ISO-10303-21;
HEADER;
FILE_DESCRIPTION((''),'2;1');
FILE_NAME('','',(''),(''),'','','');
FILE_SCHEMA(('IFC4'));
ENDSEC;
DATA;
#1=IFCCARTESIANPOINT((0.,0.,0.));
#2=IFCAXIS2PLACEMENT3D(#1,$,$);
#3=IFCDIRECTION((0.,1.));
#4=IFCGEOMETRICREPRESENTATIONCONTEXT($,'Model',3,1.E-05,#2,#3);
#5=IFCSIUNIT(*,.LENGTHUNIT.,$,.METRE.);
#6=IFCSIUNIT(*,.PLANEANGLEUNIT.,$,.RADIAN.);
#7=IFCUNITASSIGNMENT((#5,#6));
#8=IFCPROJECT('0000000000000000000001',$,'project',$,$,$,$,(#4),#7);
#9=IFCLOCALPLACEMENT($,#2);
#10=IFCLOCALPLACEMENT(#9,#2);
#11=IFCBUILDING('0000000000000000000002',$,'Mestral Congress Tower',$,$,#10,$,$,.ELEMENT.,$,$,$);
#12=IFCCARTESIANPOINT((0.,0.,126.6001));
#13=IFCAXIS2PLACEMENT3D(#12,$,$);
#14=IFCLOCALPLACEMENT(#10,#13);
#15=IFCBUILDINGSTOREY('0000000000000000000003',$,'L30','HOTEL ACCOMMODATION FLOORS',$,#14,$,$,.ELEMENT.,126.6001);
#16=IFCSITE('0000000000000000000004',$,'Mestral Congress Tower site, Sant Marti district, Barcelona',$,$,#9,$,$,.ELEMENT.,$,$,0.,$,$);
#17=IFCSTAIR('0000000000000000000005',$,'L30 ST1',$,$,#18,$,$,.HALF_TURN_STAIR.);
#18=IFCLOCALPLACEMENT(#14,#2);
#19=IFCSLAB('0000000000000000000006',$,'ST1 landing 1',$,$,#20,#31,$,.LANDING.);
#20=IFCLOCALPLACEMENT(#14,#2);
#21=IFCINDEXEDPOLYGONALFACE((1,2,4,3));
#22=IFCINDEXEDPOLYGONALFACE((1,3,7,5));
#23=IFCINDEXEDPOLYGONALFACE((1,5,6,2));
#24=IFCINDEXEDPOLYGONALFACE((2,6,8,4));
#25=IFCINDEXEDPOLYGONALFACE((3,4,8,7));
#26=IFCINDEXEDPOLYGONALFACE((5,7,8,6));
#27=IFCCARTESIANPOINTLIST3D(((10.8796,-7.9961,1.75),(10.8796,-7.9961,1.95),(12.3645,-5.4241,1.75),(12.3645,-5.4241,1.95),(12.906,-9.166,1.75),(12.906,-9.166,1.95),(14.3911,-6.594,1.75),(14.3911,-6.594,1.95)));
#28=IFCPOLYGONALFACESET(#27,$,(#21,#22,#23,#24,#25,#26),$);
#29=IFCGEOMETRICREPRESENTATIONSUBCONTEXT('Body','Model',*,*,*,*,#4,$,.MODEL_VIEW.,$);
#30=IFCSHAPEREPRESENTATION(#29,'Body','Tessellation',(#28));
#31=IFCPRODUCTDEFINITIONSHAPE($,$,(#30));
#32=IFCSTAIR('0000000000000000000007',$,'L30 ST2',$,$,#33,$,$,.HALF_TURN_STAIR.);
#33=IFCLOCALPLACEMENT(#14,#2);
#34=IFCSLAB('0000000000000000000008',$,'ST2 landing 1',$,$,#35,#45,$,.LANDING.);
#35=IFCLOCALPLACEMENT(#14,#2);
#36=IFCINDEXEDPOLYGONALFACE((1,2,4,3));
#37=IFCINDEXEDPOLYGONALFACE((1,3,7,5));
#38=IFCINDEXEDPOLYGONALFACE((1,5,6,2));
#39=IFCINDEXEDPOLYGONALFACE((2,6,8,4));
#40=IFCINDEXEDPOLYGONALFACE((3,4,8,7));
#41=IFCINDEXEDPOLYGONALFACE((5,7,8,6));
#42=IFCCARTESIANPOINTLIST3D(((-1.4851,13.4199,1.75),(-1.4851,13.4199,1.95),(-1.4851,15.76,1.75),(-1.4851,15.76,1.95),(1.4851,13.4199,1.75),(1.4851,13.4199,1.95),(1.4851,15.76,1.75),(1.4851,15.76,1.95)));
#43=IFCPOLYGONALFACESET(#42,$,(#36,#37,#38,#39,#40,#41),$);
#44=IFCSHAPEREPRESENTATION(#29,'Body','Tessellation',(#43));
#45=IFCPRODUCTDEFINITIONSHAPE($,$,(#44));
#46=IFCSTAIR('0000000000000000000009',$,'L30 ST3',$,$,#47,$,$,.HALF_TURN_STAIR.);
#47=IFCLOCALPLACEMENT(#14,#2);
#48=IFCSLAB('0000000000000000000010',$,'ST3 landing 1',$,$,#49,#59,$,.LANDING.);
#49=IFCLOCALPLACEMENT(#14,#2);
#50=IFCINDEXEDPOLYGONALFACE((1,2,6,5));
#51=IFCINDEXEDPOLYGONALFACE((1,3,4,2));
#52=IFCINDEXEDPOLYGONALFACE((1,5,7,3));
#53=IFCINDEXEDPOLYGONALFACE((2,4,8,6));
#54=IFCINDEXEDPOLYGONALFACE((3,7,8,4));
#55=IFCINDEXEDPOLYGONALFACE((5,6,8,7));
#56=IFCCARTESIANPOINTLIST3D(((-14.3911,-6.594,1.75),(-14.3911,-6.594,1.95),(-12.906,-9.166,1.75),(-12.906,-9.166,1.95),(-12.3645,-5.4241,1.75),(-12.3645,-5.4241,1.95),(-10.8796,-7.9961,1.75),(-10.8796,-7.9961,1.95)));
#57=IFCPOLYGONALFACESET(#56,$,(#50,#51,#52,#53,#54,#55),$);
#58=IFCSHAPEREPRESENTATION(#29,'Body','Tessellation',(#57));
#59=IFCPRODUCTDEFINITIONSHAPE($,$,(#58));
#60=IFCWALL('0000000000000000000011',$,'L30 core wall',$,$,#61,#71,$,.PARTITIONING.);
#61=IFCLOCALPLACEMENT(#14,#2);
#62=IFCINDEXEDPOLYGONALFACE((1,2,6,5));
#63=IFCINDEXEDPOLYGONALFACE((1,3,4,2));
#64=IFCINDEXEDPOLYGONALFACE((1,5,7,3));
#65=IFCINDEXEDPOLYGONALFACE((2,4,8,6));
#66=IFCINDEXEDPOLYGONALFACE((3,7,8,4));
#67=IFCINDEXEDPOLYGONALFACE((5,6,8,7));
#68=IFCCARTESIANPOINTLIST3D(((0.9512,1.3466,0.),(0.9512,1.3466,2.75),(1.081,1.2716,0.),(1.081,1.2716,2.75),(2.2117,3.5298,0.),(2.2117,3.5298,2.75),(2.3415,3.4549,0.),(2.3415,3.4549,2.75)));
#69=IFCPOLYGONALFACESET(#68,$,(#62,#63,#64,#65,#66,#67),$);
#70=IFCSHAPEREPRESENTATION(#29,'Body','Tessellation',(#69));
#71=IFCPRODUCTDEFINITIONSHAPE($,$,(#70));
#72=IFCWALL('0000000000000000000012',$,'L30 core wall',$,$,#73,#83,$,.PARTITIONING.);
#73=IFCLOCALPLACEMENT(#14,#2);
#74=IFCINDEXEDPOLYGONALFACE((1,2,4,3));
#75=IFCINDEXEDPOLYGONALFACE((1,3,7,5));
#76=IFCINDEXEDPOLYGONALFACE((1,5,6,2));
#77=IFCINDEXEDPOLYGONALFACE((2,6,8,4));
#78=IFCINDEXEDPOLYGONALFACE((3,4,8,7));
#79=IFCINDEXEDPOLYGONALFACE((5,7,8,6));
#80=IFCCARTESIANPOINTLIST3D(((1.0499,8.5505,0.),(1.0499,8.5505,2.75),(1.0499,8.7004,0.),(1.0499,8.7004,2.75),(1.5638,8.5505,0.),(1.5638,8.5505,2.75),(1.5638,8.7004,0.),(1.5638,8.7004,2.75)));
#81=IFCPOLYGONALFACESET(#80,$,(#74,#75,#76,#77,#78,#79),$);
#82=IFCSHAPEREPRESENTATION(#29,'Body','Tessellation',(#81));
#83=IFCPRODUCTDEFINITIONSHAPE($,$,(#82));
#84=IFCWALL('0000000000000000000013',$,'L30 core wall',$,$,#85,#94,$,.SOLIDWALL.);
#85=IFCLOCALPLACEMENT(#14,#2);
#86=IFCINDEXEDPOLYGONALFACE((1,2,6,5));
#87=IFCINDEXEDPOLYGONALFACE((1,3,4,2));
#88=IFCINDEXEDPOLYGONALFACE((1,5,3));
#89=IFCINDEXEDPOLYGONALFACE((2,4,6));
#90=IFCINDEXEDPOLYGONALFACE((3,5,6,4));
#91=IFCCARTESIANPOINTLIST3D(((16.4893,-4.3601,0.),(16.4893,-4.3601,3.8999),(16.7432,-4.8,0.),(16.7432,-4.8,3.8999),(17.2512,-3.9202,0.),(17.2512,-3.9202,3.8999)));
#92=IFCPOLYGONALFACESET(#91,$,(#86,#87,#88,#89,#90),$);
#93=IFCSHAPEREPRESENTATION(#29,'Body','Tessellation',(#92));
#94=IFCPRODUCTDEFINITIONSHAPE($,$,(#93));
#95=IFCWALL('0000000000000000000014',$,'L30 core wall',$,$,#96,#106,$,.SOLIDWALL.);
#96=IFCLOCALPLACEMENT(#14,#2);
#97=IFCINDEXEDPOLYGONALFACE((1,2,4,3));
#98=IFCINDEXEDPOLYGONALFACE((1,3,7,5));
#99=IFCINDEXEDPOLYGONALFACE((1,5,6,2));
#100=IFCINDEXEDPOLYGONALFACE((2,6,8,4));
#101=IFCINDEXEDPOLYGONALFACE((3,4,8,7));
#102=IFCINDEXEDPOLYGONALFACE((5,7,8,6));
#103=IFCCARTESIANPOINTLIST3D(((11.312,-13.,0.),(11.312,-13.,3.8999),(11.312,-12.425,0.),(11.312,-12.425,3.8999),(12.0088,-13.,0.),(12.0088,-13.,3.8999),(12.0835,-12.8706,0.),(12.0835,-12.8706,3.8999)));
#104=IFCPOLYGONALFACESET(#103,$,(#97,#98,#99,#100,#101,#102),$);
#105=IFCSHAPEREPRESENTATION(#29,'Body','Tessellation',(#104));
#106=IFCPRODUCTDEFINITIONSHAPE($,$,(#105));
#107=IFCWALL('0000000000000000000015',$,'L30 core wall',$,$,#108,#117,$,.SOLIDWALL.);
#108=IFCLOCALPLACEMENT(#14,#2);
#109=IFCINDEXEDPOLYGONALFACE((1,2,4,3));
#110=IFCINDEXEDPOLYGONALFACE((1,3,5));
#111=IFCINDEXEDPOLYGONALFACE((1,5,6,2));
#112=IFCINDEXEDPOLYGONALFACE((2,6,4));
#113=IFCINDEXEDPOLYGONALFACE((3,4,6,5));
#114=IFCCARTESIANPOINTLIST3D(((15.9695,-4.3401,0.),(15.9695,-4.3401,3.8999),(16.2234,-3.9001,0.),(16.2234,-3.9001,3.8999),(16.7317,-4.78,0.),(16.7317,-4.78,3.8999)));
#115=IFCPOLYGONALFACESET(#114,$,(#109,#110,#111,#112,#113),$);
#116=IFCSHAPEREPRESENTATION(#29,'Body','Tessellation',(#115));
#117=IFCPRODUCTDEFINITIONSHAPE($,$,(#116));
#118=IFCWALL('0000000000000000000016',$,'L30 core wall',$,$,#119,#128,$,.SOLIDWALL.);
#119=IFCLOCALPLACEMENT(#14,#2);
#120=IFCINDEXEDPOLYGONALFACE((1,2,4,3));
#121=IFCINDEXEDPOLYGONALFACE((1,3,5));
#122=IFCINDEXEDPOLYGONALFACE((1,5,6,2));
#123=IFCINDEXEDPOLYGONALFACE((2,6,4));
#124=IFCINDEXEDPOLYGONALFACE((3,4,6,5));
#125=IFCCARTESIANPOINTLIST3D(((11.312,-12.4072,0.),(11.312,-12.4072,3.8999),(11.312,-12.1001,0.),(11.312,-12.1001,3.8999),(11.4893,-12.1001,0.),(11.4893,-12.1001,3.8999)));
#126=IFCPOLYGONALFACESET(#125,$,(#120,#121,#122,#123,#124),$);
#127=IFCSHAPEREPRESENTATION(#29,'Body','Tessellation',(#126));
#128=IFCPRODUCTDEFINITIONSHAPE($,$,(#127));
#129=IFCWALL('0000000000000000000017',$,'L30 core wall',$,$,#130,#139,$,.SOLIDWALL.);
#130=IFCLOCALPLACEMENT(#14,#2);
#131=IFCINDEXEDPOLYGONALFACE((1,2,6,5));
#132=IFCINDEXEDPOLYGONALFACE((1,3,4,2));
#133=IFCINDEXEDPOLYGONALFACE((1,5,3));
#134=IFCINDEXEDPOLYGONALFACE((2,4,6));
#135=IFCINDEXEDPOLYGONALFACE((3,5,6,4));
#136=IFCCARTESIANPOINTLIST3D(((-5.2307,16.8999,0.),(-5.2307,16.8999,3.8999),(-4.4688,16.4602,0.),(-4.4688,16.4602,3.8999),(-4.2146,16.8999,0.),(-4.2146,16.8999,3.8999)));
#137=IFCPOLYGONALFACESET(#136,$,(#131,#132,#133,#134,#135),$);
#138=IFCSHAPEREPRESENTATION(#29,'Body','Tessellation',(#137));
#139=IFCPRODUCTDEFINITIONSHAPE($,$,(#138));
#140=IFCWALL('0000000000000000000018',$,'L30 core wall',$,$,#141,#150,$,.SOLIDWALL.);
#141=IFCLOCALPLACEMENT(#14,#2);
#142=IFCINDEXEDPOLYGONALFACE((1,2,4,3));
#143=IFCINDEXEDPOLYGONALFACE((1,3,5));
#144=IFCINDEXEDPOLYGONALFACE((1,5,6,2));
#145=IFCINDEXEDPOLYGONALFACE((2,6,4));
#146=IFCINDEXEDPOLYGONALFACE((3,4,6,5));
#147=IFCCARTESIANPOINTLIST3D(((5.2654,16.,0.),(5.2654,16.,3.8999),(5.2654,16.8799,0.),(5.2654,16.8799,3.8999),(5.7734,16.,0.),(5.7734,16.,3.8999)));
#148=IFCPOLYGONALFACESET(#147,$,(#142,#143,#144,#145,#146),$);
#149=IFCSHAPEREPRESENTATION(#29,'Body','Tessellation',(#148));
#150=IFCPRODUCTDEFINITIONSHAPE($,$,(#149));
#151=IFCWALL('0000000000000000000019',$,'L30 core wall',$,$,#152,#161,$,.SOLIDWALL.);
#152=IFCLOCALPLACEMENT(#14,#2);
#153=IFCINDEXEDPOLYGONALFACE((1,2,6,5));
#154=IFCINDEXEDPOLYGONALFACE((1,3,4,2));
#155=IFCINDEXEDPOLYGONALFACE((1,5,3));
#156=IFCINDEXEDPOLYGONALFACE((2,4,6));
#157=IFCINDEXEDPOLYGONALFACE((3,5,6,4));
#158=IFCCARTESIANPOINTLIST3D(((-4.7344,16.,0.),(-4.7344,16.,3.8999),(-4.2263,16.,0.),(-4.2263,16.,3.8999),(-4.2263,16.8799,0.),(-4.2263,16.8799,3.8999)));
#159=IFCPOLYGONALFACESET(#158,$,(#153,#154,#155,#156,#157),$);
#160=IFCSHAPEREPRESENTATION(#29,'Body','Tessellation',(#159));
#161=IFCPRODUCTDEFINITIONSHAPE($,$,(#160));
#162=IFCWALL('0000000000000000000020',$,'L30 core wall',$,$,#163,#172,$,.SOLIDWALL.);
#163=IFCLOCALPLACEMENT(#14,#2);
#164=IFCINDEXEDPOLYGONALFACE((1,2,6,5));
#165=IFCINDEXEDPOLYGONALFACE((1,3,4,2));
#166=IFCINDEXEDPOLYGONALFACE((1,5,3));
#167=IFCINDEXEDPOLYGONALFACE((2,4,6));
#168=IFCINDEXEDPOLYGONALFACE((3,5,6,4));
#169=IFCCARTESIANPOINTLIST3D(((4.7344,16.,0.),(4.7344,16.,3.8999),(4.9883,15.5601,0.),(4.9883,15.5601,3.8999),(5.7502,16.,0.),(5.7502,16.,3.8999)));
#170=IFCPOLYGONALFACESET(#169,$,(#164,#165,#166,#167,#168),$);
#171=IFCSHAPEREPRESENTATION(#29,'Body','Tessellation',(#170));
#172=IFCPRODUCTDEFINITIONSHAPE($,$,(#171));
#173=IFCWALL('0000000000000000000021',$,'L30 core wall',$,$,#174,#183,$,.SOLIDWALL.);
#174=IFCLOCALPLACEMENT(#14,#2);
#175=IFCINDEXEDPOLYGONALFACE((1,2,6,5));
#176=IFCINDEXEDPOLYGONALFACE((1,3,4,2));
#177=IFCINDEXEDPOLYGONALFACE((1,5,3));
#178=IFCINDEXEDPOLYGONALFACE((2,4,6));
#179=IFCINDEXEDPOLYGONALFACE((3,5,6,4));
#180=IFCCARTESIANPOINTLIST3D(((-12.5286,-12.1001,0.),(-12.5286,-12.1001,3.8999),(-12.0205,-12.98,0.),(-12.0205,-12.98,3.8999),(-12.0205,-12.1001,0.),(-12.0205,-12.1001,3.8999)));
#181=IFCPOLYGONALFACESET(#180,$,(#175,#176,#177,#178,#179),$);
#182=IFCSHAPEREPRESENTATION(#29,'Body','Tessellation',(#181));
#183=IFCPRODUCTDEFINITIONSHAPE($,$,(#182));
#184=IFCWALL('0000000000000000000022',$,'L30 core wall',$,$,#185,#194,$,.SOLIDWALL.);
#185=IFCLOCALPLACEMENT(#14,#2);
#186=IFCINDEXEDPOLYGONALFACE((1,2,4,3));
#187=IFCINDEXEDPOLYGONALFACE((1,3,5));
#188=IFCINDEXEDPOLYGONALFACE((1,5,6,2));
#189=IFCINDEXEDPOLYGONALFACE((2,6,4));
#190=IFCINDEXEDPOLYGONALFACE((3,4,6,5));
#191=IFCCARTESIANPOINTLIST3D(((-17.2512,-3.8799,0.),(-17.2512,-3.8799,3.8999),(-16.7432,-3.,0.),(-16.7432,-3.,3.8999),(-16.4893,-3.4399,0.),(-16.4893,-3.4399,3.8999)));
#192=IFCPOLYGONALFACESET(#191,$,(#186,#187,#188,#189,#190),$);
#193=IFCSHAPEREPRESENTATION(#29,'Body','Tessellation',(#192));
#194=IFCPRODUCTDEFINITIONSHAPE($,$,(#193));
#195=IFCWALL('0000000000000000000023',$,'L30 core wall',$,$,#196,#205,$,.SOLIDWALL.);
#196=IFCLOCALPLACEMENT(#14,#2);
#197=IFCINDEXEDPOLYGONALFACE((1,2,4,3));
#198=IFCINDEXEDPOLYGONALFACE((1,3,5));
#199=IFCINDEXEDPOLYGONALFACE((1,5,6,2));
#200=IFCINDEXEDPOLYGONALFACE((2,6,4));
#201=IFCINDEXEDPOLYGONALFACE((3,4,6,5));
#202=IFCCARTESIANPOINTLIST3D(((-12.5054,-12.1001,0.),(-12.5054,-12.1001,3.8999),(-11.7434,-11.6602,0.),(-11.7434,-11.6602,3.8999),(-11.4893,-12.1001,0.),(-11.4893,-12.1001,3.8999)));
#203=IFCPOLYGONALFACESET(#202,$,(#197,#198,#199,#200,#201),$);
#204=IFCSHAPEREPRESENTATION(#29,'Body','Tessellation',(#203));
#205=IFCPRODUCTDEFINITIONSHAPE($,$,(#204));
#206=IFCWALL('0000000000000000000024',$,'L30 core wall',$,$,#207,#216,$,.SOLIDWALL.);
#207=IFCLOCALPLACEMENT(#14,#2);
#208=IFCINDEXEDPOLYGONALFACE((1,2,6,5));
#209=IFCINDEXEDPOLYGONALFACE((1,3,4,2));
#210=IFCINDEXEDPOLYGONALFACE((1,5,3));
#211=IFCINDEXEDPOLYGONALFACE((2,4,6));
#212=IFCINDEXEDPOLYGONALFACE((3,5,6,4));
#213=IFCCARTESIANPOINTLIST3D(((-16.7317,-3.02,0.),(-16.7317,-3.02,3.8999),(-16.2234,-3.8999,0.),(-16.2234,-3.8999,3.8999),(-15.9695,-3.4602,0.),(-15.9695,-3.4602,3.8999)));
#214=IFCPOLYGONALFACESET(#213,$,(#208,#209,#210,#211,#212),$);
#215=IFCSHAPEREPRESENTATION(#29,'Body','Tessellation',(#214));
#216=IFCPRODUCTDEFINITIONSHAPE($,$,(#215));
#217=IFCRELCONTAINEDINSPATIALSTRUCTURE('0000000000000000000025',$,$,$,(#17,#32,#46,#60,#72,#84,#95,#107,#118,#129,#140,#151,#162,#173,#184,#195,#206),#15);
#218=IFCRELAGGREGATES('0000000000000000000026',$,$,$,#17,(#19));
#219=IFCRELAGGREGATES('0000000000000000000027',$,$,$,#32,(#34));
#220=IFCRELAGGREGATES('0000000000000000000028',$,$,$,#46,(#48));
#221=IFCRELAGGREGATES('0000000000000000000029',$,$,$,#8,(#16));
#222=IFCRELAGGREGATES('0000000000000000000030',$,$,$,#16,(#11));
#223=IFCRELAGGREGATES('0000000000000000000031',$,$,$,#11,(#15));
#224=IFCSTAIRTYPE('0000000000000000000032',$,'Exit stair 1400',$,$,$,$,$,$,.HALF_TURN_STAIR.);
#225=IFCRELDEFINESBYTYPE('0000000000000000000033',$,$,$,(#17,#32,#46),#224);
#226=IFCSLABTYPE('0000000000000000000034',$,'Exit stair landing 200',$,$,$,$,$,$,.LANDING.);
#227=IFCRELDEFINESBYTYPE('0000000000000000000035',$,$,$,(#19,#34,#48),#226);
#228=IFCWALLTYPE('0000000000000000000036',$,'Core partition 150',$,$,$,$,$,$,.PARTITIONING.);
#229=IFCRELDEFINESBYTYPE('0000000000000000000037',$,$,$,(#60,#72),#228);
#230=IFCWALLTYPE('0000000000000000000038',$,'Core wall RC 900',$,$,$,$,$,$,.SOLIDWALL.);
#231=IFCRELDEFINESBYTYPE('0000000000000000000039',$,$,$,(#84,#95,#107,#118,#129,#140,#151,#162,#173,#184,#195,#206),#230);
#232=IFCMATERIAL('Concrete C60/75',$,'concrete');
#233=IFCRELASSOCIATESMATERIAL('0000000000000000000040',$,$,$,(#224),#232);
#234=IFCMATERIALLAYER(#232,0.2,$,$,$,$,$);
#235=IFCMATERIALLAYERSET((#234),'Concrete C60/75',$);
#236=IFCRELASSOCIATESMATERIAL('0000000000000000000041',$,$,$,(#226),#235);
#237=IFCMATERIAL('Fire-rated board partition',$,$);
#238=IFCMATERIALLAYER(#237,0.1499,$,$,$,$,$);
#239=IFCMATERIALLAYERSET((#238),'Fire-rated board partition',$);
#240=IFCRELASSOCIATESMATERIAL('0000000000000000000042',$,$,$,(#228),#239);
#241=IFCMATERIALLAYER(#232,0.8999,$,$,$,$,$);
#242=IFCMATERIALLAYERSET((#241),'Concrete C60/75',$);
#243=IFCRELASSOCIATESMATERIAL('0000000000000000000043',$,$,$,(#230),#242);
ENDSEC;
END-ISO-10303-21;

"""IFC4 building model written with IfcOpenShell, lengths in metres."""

from ifc_helpers import new_model, si_unit, direction, frame, frame_2d, origin, place, context, subcontext, project, spatial, polyline, rectangle, outline, extrude, material, layer, layer_set, type_object, element, aggregate, save


model = new_model("IFC4")

# Units and contexts
model_context = context("Model", 3, precision=1e-05, world=origin(), true_north=direction((0.0, 1.0)))
body_context = subcontext(model_context, "Body", "Model", "MODEL_VIEW")
ifc_project = project(units=[si_unit("LENGTHUNIT", "METRE"), si_unit("PLANEANGLEUNIT", "RADIAN")], contexts=[model_context])

# Site, building, storey
site_placement = place(None, origin())
site = spatial("IfcSite", under=ifc_project, at=site_placement, Name="Mestral Congress Tower site, Sant Marti district, Barcelona", CompositionType="ELEMENT", RefElevation=0.0)
building_placement = place(site_placement, origin())
building = spatial("IfcBuilding", under=site, at=building_placement, Name="Mestral Congress Tower", CompositionType="ELEMENT")
storey_placement = place(building_placement, frame((0.0, 0.0, 126.6001)))
storey = spatial("IfcBuildingStorey", under=building, at=storey_placement, Name="L30", Description="HOTEL ACCOMMODATION FLOORS", CompositionType="ELEMENT", Elevation=126.6001)

# Shared definitions
ifc_material_1 = material(Name="Concrete C60/75", Category="concrete")

# Stairs, slabs
stair_type = type_object("IfcStairType", Name="Exit stair 1400", PredefinedType="HALF_TURN_STAIR", material=ifc_material_1)
placement_1 = place(storey_placement, origin())
stair_1 = element("IfcStair", 1, at=placement_1, inside=storey, type_object=stair_type, Name="L30 ST1", PredefinedType="HALF_TURN_STAIR")
ifc_layer_1 = layer(ifc_material_1, 0.2)
ifc_layer_set_1 = layer_set([ifc_layer_1], Name="Concrete C60/75")
slab_type_1 = type_object("IfcSlabType", Name="Exit stair landing 200", PredefinedType="LANDING", material=ifc_layer_set_1)
placement_2 = place(storey_placement, frame((0.0, 0.0, 1.75)))
slab_1 = element("IfcSlab", 2, at=placement_2, type_object=slab_type_1, Name="ST1 landing 1", PredefinedType="LANDING", context=body_context, shape_type="SweptSolid", body=[
    extrude(outline(polyline([(10.8796, -7.9961), (12.3645, -5.4241), (14.3911, -6.594), (12.906, -9.166), (10.8796, -7.9961)])), origin(), (0.0, 0.0, 1.0), 0.2),
])
aggregate(stair_1, [slab_1])
stair_2 = element("IfcStair", 3, at=placement_1, inside=storey, type_object=stair_type, Name="L30 ST2", PredefinedType="HALF_TURN_STAIR")
slab_2 = element("IfcSlab", 4, at=placement_2, type_object=slab_type_1, Name="ST2 landing 1", PredefinedType="LANDING", context=body_context, shape_type="SweptSolid", body=[
    extrude(outline(polyline([(1.4851, 13.4199), (-1.4851, 13.4199), (-1.4851, 15.76), (1.4851, 15.76), (1.4851, 13.4199)])), origin(), (0.0, 0.0, 1.0), 0.2),
])
aggregate(stair_2, [slab_2])
stair_3 = element("IfcStair", 5, at=placement_1, inside=storey, type_object=stair_type, Name="L30 ST3", PredefinedType="HALF_TURN_STAIR")
slab_3 = element("IfcSlab", 6, at=placement_2, type_object=slab_type_1, Name="ST3 landing 1", PredefinedType="LANDING", context=body_context, shape_type="SweptSolid", body=[
    extrude(outline(polyline([(-12.3645, -5.4241), (-10.8796, -7.9961), (-12.906, -9.166), (-14.3911, -6.594), (-12.3645, -5.4241)])), origin(), (0.0, 0.0, 1.0), 0.2),
])
aggregate(stair_3, [slab_3])

# Walls
ifc_material_2 = material(Name="Fire-rated board partition")
ifc_layer_2 = layer(ifc_material_2, 0.1499)
ifc_layer_set_2 = layer_set([ifc_layer_2], Name="Fire-rated board partition")
wall_type_1 = type_object("IfcWallType", Name="Core partition 150", PredefinedType="PARTITIONING", material=ifc_layer_set_2)
wall_1_placement = place(storey_placement, frame((1.0161, 1.3091, 0.0), z_axis=(0.0, 0.0, 1.0), x_axis=(0.499982, 0.866036, 0.0)))
element("IfcWall", 7, at=wall_1_placement, inside=storey, type_object=wall_type_1, Name="L30 core wall", PredefinedType="PARTITIONING", context=body_context, shape_type="SweptSolid", body=[
    extrude(rectangle(XDim=2.521, YDim=0.1499, at=frame_2d((1.2605, 0.0))), origin(), (0.0, 0.0, 1.0), 2.75),
])
wall_2_placement = place(storey_placement, frame((1.05, 8.6255, 0.0), z_axis=(0.0, 0.0, 1.0), x_axis=(1.0, 0.0, 0.0)))
element("IfcWall", 8, at=wall_2_placement, inside=storey, type_object=wall_type_1, Name="L30 core wall", PredefinedType="PARTITIONING", context=body_context, shape_type="SweptSolid", body=[
    extrude(rectangle(XDim=0.5139, YDim=0.1499, at=frame_2d((0.2568, 0.0))), origin(), (0.0, 0.0, 1.0), 2.75),
])
ifc_layer_3 = layer(ifc_material_1, 0.8999)
ifc_layer_set_3 = layer_set([ifc_layer_3], Name="Concrete C60/75")
wall_type_2 = type_object("IfcWallType", Name="Core wall RC 900", PredefinedType="SOLIDWALL", material=ifc_layer_set_3)
element("IfcWall", 9, at=placement_1, inside=storey, type_object=wall_type_2, Name="L30 core wall", PredefinedType="SOLIDWALL", context=body_context, shape_type="SweptSolid", body=[
    extrude(outline(polyline([(16.7432, -4.8), (16.4893, -4.3601), (17.2512, -3.9202), (16.7432, -4.8)])), origin(), (0.0, 0.0, 1.0), 3.8999),
])
element("IfcWall", 10, at=placement_1, inside=storey, type_object=wall_type_2, Name="L30 core wall", PredefinedType="SOLIDWALL", context=body_context, shape_type="SweptSolid", body=[
    extrude(outline(polyline([(12.0088, -13.0), (11.312, -13.0), (11.312, -12.425), (12.0835, -12.8706), (12.0088, -13.0)])), origin(), (0.0, 0.0, 1.0), 3.8999),
])
element("IfcWall", 11, at=placement_1, inside=storey, type_object=wall_type_2, Name="L30 core wall", PredefinedType="SOLIDWALL", context=body_context, shape_type="SweptSolid", body=[
    extrude(outline(polyline([(16.2234, -3.9001), (16.7317, -4.78), (15.9695, -4.3401), (16.2234, -3.9001)])), origin(), (0.0, 0.0, 1.0), 3.8999),
])
element("IfcWall", 12, at=placement_1, inside=storey, type_object=wall_type_2, Name="L30 core wall", PredefinedType="SOLIDWALL", context=body_context, shape_type="SweptSolid", body=[
    extrude(outline(polyline([(11.4893, -12.1001), (11.312, -12.4072), (11.312, -12.1001), (11.4893, -12.1001)])), origin(), (0.0, 0.0, 1.0), 3.8999),
])
element("IfcWall", 13, at=placement_1, inside=storey, type_object=wall_type_2, Name="L30 core wall", PredefinedType="SOLIDWALL", context=body_context, shape_type="SweptSolid", body=[
    extrude(outline(polyline([(-4.2146, 16.8999), (-4.4688, 16.4602), (-5.2307, 16.8999), (-4.2146, 16.8999)])), origin(), (0.0, 0.0, 1.0), 3.8999),
])
element("IfcWall", 14, at=placement_1, inside=storey, type_object=wall_type_2, Name="L30 core wall", PredefinedType="SOLIDWALL", context=body_context, shape_type="SweptSolid", body=[
    extrude(outline(polyline([(5.2654, 16.0), (5.2654, 16.8799), (5.7734, 16.0), (5.2654, 16.0)])), origin(), (0.0, 0.0, 1.0), 3.8999),
])
element("IfcWall", 15, at=placement_1, inside=storey, type_object=wall_type_2, Name="L30 core wall", PredefinedType="SOLIDWALL", context=body_context, shape_type="SweptSolid", body=[
    extrude(outline(polyline([(-4.7344, 16.0), (-4.2263, 16.8799), (-4.2263, 16.0), (-4.7344, 16.0)])), origin(), (0.0, 0.0, 1.0), 3.8999),
])
element("IfcWall", 16, at=placement_1, inside=storey, type_object=wall_type_2, Name="L30 core wall", PredefinedType="SOLIDWALL", context=body_context, shape_type="SweptSolid", body=[
    extrude(outline(polyline([(4.7344, 16.0), (5.7502, 16.0), (4.9883, 15.5601), (4.7344, 16.0)])), origin(), (0.0, 0.0, 1.0), 3.8999),
])
element("IfcWall", 17, at=placement_1, inside=storey, type_object=wall_type_2, Name="L30 core wall", PredefinedType="SOLIDWALL", context=body_context, shape_type="SweptSolid", body=[
    extrude(outline(polyline([(-12.5286, -12.1001), (-12.0205, -12.1001), (-12.0205, -12.98), (-12.5286, -12.1001)])), origin(), (0.0, 0.0, 1.0), 3.8999),
])
element("IfcWall", 18, at=placement_1, inside=storey, type_object=wall_type_2, Name="L30 core wall", PredefinedType="SOLIDWALL", context=body_context, shape_type="SweptSolid", body=[
    extrude(outline(polyline([(-16.4893, -3.4399), (-17.2512, -3.8799), (-16.7432, -3.0), (-16.4893, -3.4399)])), origin(), (0.0, 0.0, 1.0), 3.8999),
])
element("IfcWall", 19, at=placement_1, inside=storey, type_object=wall_type_2, Name="L30 core wall", PredefinedType="SOLIDWALL", context=body_context, shape_type="SweptSolid", body=[
    extrude(outline(polyline([(-11.4893, -12.1001), (-12.5054, -12.1001), (-11.7434, -11.6602), (-11.4893, -12.1001)])), origin(), (0.0, 0.0, 1.0), 3.8999),
])
element("IfcWall", 20, at=placement_1, inside=storey, type_object=wall_type_2, Name="L30 core wall", PredefinedType="SOLIDWALL", context=body_context, shape_type="SweptSolid", body=[
    extrude(outline(polyline([(-16.2234, -3.8999), (-16.7317, -3.02), (-15.9695, -3.4602), (-16.2234, -3.8999)])), origin(), (0.0, 0.0, 1.0), 3.8999),
])

save(model, "model.ifc")
